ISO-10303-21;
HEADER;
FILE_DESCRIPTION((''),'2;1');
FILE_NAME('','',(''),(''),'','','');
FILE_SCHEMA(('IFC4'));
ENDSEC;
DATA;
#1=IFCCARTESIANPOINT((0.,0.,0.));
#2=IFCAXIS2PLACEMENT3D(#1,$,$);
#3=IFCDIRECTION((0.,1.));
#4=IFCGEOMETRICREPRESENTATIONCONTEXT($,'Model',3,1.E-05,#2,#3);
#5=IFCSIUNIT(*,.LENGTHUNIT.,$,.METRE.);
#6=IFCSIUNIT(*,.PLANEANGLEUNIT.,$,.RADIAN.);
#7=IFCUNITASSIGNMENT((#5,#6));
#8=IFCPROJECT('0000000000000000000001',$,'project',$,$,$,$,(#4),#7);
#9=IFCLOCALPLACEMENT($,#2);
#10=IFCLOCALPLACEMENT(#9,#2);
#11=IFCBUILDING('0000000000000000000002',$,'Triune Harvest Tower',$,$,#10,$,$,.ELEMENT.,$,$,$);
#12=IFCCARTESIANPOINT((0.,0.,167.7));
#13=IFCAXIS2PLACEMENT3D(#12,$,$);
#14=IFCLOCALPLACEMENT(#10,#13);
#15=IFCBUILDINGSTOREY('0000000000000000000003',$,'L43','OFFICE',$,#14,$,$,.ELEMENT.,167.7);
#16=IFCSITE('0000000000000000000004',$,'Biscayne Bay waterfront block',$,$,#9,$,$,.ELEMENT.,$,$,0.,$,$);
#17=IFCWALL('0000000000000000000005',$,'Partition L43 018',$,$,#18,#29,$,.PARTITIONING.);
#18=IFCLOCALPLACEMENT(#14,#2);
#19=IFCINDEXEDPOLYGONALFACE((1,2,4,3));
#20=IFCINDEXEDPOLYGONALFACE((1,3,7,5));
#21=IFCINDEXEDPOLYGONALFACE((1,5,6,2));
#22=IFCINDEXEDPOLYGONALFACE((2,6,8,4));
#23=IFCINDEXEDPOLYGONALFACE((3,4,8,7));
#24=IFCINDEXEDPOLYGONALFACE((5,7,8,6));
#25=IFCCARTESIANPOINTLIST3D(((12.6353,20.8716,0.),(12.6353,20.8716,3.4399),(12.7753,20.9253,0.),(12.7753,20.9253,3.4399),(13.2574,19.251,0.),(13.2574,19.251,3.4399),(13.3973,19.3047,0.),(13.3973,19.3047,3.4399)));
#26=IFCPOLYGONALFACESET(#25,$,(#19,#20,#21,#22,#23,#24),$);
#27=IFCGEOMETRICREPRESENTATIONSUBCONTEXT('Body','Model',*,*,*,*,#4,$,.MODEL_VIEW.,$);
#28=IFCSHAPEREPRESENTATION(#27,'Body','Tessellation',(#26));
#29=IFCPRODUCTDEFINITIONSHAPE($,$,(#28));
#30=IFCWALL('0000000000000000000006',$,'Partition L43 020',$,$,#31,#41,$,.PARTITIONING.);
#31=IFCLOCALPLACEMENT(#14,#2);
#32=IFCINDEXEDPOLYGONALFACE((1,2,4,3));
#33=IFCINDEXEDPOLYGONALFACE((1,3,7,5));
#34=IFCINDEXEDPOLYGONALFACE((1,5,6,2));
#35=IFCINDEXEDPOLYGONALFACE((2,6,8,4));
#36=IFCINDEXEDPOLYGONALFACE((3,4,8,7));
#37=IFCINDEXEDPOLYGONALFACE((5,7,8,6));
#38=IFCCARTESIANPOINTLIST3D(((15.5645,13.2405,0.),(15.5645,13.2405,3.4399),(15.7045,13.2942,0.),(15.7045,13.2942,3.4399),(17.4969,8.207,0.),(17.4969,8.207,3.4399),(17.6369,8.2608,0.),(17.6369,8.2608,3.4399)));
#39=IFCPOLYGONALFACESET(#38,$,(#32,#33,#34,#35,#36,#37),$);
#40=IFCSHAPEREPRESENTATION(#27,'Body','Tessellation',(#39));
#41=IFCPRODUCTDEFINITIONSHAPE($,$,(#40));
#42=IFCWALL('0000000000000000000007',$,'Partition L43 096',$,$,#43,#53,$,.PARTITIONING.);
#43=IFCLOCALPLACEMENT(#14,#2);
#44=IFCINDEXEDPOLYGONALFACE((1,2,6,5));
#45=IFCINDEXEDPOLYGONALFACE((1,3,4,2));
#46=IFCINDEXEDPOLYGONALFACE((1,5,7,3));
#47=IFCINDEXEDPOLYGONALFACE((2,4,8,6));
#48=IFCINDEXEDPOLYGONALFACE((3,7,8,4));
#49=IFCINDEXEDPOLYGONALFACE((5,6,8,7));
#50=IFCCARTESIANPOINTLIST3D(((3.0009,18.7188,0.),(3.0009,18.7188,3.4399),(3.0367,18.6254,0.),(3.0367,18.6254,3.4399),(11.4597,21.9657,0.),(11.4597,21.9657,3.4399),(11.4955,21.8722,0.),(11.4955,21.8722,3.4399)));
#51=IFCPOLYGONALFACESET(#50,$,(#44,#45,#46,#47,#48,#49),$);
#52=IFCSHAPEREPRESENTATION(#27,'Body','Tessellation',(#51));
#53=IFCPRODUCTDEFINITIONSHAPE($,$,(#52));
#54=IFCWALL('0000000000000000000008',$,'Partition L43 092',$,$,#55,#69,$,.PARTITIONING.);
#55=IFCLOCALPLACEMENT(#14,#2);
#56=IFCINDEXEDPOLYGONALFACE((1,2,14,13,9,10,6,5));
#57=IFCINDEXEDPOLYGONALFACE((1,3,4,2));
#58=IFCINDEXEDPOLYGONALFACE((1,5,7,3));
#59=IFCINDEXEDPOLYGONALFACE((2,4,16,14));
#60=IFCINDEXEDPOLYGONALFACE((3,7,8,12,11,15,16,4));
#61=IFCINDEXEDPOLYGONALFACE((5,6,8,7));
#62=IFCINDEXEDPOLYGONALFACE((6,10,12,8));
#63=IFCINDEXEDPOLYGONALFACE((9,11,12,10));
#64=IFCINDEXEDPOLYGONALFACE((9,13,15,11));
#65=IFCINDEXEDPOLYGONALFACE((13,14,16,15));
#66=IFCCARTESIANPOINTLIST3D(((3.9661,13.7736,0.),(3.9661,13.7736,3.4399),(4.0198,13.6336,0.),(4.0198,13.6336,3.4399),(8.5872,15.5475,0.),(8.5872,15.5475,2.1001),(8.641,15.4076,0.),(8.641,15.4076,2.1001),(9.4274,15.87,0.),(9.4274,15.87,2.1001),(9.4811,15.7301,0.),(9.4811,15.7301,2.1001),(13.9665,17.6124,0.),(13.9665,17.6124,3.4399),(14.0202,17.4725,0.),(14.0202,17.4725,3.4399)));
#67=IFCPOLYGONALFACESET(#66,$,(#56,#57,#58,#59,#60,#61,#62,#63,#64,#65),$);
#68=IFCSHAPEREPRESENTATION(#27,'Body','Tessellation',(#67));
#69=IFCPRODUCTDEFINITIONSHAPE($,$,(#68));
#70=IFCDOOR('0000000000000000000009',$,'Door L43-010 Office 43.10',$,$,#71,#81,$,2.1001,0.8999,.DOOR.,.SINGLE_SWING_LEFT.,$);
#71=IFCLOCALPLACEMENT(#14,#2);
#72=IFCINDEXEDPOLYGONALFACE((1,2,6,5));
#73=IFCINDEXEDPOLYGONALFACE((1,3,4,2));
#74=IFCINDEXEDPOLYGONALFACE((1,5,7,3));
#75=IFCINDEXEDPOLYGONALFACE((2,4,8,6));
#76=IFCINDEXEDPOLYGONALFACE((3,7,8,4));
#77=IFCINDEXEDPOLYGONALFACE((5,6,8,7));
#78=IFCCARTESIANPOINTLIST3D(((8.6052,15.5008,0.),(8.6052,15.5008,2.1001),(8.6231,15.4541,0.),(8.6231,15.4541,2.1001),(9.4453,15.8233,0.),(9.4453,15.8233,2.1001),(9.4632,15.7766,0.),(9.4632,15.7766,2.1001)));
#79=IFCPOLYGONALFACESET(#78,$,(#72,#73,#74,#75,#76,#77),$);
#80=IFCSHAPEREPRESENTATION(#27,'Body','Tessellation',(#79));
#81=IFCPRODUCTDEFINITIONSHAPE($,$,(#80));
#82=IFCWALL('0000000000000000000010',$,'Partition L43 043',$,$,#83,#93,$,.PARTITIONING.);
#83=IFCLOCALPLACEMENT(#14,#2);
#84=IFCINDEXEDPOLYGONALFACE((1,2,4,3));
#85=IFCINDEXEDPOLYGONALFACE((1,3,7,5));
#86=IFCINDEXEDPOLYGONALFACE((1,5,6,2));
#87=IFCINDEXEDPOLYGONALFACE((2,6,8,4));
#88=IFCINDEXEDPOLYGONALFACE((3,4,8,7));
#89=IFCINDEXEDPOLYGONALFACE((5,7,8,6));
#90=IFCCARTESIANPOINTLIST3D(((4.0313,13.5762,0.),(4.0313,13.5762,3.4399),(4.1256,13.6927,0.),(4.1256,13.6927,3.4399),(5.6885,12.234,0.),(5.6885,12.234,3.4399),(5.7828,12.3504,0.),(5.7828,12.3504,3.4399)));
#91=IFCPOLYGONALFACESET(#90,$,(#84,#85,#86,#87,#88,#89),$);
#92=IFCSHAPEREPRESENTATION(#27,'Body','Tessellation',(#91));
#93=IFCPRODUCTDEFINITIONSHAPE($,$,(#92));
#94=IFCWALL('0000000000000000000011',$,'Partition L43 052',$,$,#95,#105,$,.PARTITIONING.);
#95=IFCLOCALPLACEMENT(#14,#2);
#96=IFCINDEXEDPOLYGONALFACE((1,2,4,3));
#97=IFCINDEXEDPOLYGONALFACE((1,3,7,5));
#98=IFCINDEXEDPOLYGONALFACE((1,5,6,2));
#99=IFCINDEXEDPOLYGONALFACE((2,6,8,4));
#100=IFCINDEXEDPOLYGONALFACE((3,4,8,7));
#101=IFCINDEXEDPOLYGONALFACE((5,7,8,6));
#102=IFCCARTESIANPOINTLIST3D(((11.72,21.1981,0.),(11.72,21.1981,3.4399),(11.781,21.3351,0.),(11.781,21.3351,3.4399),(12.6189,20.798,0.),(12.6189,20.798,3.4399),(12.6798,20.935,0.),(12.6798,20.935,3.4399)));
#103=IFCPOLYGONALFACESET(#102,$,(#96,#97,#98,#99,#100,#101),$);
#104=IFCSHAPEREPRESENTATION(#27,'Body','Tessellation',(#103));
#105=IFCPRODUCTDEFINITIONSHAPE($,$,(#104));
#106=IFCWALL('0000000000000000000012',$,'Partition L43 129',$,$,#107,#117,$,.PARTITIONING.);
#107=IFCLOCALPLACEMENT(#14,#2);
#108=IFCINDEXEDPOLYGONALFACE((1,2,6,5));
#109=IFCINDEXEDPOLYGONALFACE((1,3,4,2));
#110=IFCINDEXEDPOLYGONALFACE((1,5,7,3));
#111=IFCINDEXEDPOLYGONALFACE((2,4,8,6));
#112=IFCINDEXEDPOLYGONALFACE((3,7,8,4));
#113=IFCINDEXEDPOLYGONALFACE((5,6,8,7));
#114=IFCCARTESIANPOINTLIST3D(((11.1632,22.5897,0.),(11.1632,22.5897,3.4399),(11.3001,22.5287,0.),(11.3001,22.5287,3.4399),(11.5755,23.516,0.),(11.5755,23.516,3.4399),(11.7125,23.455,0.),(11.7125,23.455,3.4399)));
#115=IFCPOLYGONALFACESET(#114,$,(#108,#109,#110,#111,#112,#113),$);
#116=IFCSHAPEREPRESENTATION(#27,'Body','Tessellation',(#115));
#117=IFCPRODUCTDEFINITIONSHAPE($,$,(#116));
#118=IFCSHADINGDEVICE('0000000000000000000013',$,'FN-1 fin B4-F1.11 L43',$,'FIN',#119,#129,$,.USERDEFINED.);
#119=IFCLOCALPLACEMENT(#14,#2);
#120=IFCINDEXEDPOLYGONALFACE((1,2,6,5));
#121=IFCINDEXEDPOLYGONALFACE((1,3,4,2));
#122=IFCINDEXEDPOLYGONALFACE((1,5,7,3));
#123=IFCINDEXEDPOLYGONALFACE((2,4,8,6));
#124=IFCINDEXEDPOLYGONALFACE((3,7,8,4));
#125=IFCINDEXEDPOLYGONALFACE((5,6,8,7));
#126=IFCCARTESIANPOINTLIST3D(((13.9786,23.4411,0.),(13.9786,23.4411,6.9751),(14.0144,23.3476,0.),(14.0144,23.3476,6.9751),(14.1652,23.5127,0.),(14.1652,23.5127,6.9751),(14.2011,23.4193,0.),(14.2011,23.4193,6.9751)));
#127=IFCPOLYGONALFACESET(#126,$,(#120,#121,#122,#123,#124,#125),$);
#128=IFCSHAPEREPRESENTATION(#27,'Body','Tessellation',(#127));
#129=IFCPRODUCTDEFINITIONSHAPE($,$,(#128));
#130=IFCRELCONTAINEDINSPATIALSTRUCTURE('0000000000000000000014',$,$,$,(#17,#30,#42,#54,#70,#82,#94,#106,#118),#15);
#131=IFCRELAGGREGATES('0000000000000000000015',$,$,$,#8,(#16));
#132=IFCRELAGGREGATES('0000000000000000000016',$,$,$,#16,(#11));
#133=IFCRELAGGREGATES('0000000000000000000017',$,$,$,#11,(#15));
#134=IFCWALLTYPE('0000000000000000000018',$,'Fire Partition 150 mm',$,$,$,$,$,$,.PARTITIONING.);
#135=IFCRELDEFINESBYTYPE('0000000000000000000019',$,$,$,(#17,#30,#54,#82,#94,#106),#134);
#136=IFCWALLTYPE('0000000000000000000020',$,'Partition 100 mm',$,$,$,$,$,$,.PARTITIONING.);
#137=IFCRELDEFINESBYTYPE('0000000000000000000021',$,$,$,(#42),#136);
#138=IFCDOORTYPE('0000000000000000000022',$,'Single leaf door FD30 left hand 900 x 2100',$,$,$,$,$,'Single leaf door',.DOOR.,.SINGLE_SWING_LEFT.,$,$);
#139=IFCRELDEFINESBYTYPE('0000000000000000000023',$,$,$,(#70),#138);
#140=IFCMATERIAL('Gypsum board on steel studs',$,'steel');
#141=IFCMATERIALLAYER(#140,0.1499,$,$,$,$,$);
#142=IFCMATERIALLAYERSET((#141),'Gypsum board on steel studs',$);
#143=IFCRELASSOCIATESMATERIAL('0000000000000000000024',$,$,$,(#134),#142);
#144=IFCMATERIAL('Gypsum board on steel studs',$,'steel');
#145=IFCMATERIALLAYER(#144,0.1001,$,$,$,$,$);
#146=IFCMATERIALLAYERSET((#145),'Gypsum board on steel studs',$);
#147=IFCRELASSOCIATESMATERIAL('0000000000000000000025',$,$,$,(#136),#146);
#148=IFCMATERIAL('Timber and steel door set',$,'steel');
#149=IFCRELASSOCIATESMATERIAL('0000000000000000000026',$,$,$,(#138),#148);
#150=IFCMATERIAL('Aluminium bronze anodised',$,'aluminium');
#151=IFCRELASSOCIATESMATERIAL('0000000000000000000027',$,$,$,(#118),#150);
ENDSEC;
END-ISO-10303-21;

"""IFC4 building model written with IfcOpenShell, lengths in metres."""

from ifc_helpers import new_model, si_unit, direction, frame, frame_2d, origin, origin_2d, place, context, subcontext, project, spatial, rectangle, extrude, source, transform, mapped, material, layer, layer_set, type_object, element, fill, save


model = new_model("IFC4")

# Units and contexts
model_context = context("Model", 3, precision=1e-05, world=origin(), true_north=direction((0.0, 1.0)))
body_context = subcontext(model_context, "Body", "Model", "MODEL_VIEW")
ifc_project = project(units=[si_unit("LENGTHUNIT", "METRE"), si_unit("PLANEANGLEUNIT", "RADIAN")], contexts=[model_context])

# Site, building, storey
site_placement = place(None, origin())
site = spatial("IfcSite", under=ifc_project, at=site_placement, Name="Biscayne Bay waterfront block", CompositionType="ELEMENT", RefElevation=0.0)
building_placement = place(site_placement, origin())
building = spatial("IfcBuilding", under=site, at=building_placement, Name="Triune Harvest Tower", CompositionType="ELEMENT")
storey_placement = place(building_placement, frame((0.0, 0.0, 167.7)))
storey = spatial("IfcBuildingStorey", under=building, at=storey_placement, Name="L43", Description="OFFICE", CompositionType="ELEMENT", Elevation=167.7)

# Shared definitions
ifc_material_1 = material(Name="Gypsum board on steel studs", Category="steel")
ifc_layer_1 = layer(ifc_material_1, 0.1499)
ifc_layer_set_1 = layer_set([ifc_layer_1], Name="Gypsum board on steel studs")
wall_type_1 = type_object("IfcWallType", Name="Fire Partition 150 mm", PredefinedType="PARTITIONING", material=ifc_layer_set_1)

# Walls
ifc_material_2 = material(Name="Gypsum board on steel studs", Category="steel")
ifc_layer_2 = layer(ifc_material_2, 0.1001)
ifc_layer_set_2 = layer_set([ifc_layer_2], Name="Gypsum board on steel studs")
wall_type_2 = type_object("IfcWallType", Name="Partition 100 mm", PredefinedType="PARTITIONING", material=ifc_layer_set_2)
shared_shape_1 = source(origin(), body_context, "Body", "SweptSolid", [
    extrude(rectangle(XDim=1.7358, YDim=0.1499, at=frame_2d((0.8679, 0.0))), origin(), (0.0, 0.0, 1.0), 3.4399),
])
wall_1_placement = place(storey_placement, frame((12.7053, 20.8984, 0.0), z_axis=(0.0, 0.0, 1.0), x_axis=(0.358357, -0.933585, 0.0)))
element("IfcWall", 1, at=wall_1_placement, inside=storey, type_object=wall_type_1, Name="Partition L43 018", PredefinedType="PARTITIONING", context=body_context, shape_type="MappedRepresentation", body=[
    mapped(shared_shape_1, transform((0.0, 0.0, 0.0), scale=1.0)),
])
shared_shape_2 = source(origin(), body_context, "Body", "SweptSolid", [
    extrude(rectangle(XDim=5.3916, YDim=0.1499, at=frame_2d((2.6958, 0.0))), origin(), (0.0, 0.0, 1.0), 3.4399),
])
wall_2_placement = place(storey_placement, frame((15.6345, 13.2673, 0.0), z_axis=(0.0, 0.0, 1.0), x_axis=(0.358402, -0.933567, 0.0)))
element("IfcWall", 2, at=wall_2_placement, inside=storey, type_object=wall_type_1, Name="Partition L43 020", PredefinedType="PARTITIONING", context=body_context, shape_type="MappedRepresentation", body=[
    mapped(shared_shape_2, transform((0.0, 0.0, 0.0), scale=1.0)),
])
shared_shape_3 = source(origin(), body_context, "Body", "SweptSolid", [
    extrude(rectangle(XDim=9.0605, YDim=0.1001, at=frame_2d((4.5303, 0.0))), origin(), (0.0, 0.0, 1.0), 3.4399),
])
wall_3_placement = place(storey_placement, frame((3.0188, 18.6721, 0.0), z_axis=(0.0, 0.0, 1.0), x_axis=(0.933587, 0.358351, 0.0)))
element("IfcWall", 3, at=wall_3_placement, inside=storey, type_object=wall_type_2, Name="Partition L43 096", PredefinedType="PARTITIONING", context=body_context, shape_type="MappedRepresentation", body=[
    mapped(shared_shape_3, transform((0.0, 0.0, 0.0), scale=1.0)),
])

# Wall, opening, door
shared_shape_4 = source(origin(), body_context, "Body", "SweptSolid", [
    extrude(rectangle(XDim=10.7119, YDim=0.1499, at=frame_2d((5.356, 0.0))), origin(), (0.0, 0.0, 1.0), 3.4399),
])
wall_4_placement = place(storey_placement, frame((3.9929, 13.7036, 0.0), z_axis=(0.0, 0.0, 1.0), x_axis=(0.933579, 0.358371, 0.0)))
wall_4 = element("IfcWall", 4, at=wall_4_placement, inside=storey, type_object=wall_type_1, Name="Partition L43 092", PredefinedType="PARTITIONING", context=body_context, shape_type="MappedRepresentation", body=[
    mapped(shared_shape_4, transform((0.0, 0.0, 0.0), scale=1.0)),
])
opening_1_placement = place(wall_4_placement, frame((4.95, 0.0, 0.0)))
opening_1 = element("IfcOpeningElement", 5, at=opening_1_placement, cuts=wall_4, PredefinedType="OPENING", context=body_context, shape_type="SweptSolid", body=[
    extrude(rectangle(XDim=0.8999, YDim=2.1001, at=frame_2d((0.45, 1.05))), frame((0.0, 0.085, 0.0), z_axis=(0.0, -1.0, 0.0), x_axis=(1.0, 0.0, 0.0)), (0.0, 0.0, 1.0), 0.1699),
])
ifc_material_3 = material(Name="Timber and steel door set", Category="steel")
door_type_1 = type_object("IfcDoorType", Name="Single leaf door FD30 left hand 900 x 2100", ElementType="Single leaf door", OperationType="SINGLE_SWING_LEFT", PredefinedType="DOOR", material=ifc_material_3)
door_1_placement = place(opening_1_placement, origin())
door_1 = element("IfcDoor", 6, at=door_1_placement, inside=storey, type_object=door_type_1, Name="Door L43-010 Office 43.10", OperationType="SINGLE_SWING_LEFT", OverallHeight=2.1001, OverallWidth=0.8999, PredefinedType="DOOR", context=body_context, shape_type="SweptSolid", body=[
    extrude(rectangle(XDim=0.8999, YDim=2.1001, at=frame_2d((0.45, 1.05))), frame((0.0, 0.0249, 0.0), z_axis=(0.0, -1.0, 0.0), x_axis=(1.0, 0.0, 0.0)), (0.0, 0.0, 1.0), 0.05),
])
fill(opening_1, door_1)

# Walls
shared_shape_5 = source(origin(), body_context, "Body", "SweptSolid", [
    extrude(rectangle(XDim=2.1326, YDim=0.1499, at=frame_2d((1.0664, 0.0))), origin(), (0.0, 0.0, 1.0), 3.4399),
])
wall_5_placement = place(storey_placement, frame((4.0784, 13.6345, 0.0), z_axis=(0.0, 0.0, 1.0), x_axis=(0.77708, -0.629402, 0.0)))
element("IfcWall", 7, at=wall_5_placement, inside=storey, type_object=wall_type_1, Name="Partition L43 043", PredefinedType="PARTITIONING", context=body_context, shape_type="MappedRepresentation", body=[
    mapped(shared_shape_5, transform((0.0, 0.0, 0.0), scale=1.0)),
])
shared_shape_6 = source(origin(), body_context, "Body", "SweptSolid", [
    extrude(rectangle(XDim=0.9839, YDim=0.1499, at=frame_2d((0.4919, 0.0))), origin(), (0.0, 0.0, 1.0), 3.4399),
])
wall_6_placement = place(storey_placement, frame((11.7505, 21.2666, 0.0), z_axis=(0.0, 0.0, 1.0), x_axis=(0.913576, -0.406668, 0.0)))
element("IfcWall", 8, at=wall_6_placement, inside=storey, type_object=wall_type_1, Name="Partition L43 052", PredefinedType="PARTITIONING", context=body_context, shape_type="MappedRepresentation", body=[
    mapped(shared_shape_6, transform((0.0, 0.0, 0.0), scale=1.0)),
])
shared_shape_7 = source(origin(), body_context, "Body", "SweptSolid", [
    extrude(rectangle(XDim=1.0139, YDim=0.1499, at=frame_2d((0.5068, 0.0))), origin(), (0.0, 0.0, 1.0), 3.4399),
])
wall_7_placement = place(storey_placement, frame((11.2317, 22.5593, 0.0), z_axis=(0.0, 0.0, 1.0), x_axis=(0.406697, 0.913563, 0.0)))
element("IfcWall", 9, at=wall_7_placement, inside=storey, type_object=wall_type_1, Name="Partition L43 129", PredefinedType="PARTITIONING", context=body_context, shape_type="MappedRepresentation", body=[
    mapped(shared_shape_7, transform((0.0, 0.0, 0.0), scale=1.0)),
])

# Shading device
ifc_material_4 = material(Name="Aluminium bronze anodised", Category="aluminium")
shared_shape_8 = source(origin(), body_context, "Body", "SweptSolid", [
    extrude(rectangle(XDim=0.1001, YDim=0.2, at=origin_2d()), origin(), (0.0, 0.0, 1.0), 6.9751),
])
shading_device_placement = place(storey_placement, frame((14.0898, 23.4302, 0.0), z_axis=(0.0, 0.0, 1.0), x_axis=(-0.358369, 0.93358, 0.0)))
element("IfcShadingDevice", 10, at=shading_device_placement, inside=storey, material=ifc_material_4, Name="FN-1 fin B4-F1.11 L43", ObjectType="FIN", PredefinedType="USERDEFINED", context=body_context, shape_type="MappedRepresentation", body=[
    mapped(shared_shape_8, transform((0.0, 0.0, 0.0), scale=1.0)),
])

save(model, "model.ifc")
